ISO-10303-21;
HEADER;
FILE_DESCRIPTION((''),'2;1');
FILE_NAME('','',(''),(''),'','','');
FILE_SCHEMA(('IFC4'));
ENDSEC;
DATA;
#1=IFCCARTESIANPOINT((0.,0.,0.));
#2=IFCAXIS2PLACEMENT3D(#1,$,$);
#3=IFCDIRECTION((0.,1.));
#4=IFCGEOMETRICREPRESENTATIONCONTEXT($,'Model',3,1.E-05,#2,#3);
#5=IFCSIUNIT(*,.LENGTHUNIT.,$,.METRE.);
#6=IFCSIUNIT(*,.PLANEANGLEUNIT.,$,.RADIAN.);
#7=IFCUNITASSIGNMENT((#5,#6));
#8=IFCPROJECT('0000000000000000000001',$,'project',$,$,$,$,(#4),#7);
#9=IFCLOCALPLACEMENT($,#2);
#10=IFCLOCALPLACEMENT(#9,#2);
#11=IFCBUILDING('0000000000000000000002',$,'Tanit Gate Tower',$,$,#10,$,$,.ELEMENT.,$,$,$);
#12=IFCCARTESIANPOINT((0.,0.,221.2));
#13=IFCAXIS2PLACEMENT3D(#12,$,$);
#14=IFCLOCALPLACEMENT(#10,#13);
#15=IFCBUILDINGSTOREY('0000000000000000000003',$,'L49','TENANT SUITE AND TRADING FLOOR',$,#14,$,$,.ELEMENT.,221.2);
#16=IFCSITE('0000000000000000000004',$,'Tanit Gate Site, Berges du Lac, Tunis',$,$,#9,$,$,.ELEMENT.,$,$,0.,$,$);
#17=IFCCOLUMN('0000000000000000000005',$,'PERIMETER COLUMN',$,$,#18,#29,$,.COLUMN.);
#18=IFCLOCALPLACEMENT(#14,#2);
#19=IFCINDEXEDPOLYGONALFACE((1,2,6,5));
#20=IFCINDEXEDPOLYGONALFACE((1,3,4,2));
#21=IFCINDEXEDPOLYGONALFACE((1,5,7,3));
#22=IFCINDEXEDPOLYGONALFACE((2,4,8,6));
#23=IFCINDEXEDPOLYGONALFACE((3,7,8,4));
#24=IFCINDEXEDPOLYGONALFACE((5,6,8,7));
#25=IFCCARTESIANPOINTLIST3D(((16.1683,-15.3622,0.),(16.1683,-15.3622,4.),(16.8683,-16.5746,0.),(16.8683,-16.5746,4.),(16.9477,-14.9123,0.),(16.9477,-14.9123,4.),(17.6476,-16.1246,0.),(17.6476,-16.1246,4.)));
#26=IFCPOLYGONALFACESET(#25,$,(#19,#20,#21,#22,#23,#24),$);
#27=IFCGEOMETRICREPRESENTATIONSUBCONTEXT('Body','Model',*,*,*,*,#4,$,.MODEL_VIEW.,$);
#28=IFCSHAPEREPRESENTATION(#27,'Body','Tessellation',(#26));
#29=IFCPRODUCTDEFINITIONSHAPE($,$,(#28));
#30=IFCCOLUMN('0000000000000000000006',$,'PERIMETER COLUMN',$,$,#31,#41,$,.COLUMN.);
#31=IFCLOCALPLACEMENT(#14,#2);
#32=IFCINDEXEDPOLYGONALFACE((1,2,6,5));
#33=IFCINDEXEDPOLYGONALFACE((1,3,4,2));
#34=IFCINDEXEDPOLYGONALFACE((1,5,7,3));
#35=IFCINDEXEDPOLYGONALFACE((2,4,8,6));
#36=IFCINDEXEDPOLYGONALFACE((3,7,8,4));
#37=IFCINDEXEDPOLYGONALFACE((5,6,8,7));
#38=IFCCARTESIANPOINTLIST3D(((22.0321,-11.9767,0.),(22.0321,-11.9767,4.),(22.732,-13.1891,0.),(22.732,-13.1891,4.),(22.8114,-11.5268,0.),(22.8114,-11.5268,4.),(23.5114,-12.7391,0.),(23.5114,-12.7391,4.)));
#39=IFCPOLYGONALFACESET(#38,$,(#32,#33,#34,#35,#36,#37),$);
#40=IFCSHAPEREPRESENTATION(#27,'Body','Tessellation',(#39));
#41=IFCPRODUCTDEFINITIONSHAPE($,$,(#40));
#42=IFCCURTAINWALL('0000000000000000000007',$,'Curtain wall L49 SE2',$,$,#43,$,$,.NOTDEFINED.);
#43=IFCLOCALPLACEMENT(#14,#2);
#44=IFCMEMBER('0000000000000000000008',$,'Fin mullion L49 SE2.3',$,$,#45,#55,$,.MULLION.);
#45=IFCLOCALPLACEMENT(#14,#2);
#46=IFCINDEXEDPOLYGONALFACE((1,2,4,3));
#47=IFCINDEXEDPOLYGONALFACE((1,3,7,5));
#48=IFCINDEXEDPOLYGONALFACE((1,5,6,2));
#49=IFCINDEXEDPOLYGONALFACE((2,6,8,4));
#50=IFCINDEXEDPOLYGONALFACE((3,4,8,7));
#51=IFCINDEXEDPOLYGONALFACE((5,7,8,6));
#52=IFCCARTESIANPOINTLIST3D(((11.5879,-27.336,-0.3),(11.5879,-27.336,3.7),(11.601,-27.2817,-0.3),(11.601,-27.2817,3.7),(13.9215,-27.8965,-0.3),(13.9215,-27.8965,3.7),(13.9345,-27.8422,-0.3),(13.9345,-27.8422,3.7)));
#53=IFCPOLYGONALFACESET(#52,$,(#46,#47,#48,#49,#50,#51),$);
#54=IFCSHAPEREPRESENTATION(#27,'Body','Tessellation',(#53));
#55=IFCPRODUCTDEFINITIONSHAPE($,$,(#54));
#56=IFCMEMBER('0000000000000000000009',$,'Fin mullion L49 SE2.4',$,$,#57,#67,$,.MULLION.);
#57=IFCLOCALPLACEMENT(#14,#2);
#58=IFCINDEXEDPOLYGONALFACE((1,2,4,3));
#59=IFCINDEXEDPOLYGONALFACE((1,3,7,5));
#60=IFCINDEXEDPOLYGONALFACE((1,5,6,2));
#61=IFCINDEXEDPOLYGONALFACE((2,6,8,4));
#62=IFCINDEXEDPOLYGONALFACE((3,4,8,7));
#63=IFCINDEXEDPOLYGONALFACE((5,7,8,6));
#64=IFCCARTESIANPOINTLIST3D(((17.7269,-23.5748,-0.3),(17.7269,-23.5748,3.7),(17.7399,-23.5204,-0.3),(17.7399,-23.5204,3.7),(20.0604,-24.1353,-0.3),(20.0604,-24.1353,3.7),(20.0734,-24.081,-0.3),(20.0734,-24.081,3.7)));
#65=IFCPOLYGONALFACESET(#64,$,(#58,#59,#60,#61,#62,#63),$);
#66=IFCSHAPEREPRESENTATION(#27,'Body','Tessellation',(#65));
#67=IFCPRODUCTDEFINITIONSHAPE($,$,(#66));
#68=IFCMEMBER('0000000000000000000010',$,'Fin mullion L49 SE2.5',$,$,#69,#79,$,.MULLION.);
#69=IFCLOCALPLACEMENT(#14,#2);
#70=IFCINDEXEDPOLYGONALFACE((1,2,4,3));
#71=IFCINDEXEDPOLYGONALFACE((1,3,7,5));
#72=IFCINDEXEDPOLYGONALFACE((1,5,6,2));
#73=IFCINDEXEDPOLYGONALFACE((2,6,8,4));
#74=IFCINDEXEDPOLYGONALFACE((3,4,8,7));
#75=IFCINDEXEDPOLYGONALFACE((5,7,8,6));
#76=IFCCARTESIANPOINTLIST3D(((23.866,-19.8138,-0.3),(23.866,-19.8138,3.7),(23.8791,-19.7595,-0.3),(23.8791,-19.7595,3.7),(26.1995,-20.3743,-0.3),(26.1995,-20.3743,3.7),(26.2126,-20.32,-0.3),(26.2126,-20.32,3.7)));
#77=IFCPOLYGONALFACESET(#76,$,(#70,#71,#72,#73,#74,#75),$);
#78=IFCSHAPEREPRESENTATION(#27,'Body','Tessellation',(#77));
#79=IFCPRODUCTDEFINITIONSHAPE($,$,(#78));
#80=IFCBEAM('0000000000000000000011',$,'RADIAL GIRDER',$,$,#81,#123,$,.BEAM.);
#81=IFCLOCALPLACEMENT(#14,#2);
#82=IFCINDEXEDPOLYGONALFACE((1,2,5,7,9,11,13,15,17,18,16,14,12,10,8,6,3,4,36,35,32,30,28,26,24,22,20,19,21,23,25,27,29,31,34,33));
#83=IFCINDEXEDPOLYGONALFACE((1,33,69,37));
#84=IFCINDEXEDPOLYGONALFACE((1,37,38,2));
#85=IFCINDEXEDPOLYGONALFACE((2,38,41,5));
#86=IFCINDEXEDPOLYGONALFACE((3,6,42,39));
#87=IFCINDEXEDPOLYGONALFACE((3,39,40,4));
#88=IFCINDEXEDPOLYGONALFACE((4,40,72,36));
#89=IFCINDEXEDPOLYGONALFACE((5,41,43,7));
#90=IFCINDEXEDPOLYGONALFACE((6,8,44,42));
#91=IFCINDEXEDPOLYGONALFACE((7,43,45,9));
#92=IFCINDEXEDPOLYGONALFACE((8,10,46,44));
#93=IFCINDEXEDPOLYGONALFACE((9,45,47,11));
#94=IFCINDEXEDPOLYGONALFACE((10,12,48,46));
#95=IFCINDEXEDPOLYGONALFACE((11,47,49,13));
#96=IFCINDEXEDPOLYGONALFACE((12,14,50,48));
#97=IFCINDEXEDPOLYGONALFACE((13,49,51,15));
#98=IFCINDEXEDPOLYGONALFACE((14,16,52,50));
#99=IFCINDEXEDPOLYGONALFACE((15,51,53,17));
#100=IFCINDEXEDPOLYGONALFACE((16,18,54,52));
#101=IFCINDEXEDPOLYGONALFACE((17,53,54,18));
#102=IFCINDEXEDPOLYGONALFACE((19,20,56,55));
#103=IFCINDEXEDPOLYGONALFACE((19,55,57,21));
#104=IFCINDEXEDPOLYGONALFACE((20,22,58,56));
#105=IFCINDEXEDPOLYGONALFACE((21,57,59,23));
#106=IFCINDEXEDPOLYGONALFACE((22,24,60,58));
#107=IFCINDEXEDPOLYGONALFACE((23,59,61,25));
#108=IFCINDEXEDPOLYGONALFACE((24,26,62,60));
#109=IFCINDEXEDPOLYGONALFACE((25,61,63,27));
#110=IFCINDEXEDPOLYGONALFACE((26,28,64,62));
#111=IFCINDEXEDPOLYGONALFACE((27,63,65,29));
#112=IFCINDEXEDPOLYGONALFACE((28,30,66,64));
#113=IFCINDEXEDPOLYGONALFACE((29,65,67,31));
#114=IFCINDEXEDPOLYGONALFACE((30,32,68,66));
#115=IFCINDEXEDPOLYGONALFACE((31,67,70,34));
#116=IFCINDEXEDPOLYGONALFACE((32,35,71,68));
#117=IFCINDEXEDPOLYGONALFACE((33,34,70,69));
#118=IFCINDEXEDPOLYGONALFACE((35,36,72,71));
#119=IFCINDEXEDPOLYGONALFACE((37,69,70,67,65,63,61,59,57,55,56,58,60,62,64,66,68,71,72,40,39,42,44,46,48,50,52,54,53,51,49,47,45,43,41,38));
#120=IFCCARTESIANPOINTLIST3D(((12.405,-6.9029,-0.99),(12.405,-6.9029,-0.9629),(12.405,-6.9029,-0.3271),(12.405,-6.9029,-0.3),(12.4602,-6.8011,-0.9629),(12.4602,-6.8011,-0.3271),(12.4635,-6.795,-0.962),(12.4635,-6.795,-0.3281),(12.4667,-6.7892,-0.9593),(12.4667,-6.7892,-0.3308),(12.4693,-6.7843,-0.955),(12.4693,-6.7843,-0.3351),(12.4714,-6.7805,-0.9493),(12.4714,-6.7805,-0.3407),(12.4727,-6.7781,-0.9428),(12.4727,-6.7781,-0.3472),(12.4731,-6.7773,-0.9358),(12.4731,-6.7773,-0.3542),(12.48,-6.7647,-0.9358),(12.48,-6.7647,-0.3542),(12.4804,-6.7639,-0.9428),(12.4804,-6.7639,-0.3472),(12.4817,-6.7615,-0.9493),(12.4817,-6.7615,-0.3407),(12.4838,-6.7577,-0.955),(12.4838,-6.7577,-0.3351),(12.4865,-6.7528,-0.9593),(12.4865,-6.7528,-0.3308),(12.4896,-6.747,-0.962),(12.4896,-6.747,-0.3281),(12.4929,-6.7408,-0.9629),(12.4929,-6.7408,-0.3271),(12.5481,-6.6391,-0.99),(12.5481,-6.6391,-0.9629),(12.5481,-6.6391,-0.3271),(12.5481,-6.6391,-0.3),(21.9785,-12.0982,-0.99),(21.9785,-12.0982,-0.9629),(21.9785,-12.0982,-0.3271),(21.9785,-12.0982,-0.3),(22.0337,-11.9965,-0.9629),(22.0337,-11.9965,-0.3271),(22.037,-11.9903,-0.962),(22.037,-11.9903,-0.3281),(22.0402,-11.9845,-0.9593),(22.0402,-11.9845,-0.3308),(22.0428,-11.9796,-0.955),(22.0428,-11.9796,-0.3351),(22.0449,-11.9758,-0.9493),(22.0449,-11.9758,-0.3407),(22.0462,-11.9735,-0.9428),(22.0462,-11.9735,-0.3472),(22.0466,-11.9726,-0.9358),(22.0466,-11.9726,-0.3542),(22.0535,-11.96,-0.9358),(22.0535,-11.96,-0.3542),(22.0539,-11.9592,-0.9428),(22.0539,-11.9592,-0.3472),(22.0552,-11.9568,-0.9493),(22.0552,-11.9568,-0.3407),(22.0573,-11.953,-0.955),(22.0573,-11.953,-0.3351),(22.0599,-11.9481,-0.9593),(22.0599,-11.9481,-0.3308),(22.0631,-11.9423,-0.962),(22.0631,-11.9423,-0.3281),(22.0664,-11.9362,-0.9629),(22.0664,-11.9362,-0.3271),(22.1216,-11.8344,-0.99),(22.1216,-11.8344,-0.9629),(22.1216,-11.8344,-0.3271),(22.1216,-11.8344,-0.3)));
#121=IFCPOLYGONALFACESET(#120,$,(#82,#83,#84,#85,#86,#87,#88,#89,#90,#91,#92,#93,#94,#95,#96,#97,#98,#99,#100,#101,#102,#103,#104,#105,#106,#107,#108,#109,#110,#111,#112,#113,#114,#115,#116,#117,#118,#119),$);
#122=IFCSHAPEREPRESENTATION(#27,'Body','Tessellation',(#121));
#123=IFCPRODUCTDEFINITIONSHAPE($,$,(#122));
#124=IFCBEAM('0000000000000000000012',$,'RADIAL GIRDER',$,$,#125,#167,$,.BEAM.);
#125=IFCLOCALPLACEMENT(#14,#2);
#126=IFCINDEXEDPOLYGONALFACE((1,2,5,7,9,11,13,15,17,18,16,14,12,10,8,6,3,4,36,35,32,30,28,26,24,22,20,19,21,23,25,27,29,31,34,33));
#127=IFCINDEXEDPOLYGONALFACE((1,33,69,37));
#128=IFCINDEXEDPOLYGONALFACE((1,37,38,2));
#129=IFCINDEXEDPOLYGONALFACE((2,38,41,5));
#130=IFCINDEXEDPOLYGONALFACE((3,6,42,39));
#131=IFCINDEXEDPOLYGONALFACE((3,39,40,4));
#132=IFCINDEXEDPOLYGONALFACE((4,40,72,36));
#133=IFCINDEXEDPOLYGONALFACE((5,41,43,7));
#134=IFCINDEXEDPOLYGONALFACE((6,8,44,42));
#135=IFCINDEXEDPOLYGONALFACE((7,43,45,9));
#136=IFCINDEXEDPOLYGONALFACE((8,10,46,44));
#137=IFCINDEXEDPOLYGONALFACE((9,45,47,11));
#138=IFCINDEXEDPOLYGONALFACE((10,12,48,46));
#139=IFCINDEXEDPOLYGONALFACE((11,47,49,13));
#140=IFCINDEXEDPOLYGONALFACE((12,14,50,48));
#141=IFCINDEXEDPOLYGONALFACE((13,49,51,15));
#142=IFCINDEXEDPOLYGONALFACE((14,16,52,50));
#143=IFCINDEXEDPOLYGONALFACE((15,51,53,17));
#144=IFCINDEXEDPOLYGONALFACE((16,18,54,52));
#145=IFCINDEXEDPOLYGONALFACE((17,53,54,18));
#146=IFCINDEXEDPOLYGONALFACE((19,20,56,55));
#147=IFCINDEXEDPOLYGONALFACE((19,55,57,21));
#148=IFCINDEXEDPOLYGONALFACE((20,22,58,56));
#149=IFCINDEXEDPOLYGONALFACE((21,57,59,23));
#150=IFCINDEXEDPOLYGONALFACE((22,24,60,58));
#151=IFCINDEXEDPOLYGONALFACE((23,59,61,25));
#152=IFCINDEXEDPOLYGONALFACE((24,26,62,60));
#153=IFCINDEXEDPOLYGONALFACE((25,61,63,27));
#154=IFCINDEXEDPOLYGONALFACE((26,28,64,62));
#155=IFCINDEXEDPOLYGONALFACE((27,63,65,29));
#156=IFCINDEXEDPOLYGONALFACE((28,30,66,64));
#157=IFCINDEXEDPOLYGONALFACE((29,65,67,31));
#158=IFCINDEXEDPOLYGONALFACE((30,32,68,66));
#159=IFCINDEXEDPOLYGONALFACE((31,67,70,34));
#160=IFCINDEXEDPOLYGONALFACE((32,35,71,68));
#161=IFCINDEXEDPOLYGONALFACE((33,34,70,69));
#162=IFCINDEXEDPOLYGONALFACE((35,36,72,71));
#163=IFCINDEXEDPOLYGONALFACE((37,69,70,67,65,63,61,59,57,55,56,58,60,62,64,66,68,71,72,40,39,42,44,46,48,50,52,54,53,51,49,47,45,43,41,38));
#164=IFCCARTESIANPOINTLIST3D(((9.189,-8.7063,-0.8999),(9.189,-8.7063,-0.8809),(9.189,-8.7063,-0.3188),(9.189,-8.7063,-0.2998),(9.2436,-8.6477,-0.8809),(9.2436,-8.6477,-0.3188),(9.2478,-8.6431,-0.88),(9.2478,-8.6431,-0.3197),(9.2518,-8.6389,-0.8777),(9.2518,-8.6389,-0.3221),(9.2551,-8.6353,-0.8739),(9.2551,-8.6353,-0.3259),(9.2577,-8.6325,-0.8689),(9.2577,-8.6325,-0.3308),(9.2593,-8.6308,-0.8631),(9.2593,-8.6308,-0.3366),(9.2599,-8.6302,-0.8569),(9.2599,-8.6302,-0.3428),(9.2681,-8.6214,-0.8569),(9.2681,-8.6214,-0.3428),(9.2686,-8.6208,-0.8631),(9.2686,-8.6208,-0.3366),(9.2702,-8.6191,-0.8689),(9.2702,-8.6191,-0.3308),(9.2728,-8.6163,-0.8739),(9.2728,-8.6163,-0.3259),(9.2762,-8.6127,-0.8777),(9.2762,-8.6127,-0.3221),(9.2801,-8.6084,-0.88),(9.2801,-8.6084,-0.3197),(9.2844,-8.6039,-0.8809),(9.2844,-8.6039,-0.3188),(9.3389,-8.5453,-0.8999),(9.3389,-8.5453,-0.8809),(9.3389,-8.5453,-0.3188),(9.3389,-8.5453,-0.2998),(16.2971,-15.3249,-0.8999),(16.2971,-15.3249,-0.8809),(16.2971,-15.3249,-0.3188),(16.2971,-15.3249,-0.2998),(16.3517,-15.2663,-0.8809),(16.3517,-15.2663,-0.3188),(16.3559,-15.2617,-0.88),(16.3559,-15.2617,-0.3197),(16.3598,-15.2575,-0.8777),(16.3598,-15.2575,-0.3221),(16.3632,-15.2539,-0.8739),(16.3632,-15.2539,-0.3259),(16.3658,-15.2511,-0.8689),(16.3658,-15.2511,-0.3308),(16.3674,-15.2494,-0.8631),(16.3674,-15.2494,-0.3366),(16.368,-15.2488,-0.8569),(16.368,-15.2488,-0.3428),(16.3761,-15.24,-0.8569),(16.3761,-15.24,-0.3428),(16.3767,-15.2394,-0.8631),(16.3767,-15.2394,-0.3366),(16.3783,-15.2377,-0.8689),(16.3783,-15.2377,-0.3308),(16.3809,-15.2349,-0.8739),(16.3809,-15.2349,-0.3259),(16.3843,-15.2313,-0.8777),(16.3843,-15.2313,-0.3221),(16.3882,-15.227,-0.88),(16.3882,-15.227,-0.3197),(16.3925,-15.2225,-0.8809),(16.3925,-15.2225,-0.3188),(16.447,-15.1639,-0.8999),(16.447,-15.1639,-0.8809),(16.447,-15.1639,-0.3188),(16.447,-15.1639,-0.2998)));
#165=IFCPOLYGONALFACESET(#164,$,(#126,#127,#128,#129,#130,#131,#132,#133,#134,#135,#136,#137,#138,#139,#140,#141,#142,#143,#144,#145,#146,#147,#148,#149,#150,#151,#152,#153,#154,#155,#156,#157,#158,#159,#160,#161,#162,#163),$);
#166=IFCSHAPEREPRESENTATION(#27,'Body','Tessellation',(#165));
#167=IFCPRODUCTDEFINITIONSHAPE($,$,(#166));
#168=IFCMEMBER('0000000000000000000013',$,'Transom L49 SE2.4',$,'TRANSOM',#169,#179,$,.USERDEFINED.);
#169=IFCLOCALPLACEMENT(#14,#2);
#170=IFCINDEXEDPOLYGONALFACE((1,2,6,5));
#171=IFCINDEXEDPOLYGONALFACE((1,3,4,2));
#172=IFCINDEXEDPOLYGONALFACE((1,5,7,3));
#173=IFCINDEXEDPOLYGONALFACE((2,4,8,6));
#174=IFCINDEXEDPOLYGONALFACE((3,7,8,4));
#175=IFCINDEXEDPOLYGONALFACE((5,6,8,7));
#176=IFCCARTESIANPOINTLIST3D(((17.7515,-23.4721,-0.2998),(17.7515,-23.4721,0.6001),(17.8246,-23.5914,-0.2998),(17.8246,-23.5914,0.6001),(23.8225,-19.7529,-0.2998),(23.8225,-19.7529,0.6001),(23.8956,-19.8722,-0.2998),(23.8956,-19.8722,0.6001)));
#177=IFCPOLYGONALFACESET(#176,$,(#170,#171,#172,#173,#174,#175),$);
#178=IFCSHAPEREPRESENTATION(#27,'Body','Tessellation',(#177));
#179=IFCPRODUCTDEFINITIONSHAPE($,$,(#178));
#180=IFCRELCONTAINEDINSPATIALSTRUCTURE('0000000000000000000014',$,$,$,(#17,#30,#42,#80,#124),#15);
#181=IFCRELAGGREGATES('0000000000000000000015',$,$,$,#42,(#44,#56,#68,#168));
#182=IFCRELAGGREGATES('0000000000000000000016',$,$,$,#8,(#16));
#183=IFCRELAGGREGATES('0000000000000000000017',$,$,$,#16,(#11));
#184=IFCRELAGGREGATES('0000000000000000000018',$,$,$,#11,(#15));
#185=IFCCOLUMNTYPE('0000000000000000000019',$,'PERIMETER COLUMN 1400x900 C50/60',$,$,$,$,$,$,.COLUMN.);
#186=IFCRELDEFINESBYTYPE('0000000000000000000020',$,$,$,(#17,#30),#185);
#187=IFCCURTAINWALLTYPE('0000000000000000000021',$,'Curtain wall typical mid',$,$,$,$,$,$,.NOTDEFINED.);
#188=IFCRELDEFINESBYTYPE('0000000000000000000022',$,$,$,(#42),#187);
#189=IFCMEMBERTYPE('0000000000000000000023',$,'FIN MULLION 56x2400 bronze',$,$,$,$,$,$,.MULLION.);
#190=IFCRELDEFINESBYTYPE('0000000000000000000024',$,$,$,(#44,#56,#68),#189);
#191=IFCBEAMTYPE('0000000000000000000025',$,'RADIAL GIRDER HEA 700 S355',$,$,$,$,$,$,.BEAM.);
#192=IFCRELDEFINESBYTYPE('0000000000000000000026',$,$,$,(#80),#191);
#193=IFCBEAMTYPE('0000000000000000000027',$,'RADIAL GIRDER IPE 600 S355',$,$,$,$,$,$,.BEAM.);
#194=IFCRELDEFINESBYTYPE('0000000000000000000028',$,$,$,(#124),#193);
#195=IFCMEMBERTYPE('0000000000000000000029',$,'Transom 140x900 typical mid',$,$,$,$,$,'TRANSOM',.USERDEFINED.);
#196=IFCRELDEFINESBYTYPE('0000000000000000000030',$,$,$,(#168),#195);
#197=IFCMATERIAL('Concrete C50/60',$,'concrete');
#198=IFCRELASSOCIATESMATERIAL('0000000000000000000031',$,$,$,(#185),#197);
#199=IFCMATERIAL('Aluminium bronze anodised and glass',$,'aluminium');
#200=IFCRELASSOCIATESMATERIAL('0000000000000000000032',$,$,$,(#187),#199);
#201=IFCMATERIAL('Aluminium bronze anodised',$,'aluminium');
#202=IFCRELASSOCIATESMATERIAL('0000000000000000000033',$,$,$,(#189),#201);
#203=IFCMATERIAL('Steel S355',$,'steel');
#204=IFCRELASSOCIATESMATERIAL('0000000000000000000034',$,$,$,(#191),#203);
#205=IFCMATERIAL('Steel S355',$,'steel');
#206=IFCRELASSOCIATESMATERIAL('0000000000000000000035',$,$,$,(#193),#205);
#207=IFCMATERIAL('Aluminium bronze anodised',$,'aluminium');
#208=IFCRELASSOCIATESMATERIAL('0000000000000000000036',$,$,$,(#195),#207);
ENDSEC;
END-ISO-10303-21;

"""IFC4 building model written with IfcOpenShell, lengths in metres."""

from ifc_helpers import new_model, si_unit, direction, frame, origin, origin_2d, place, context, subcontext, project, spatial, rectangle, i_section, extrude, material, material_profile, profile_set, type_object, element, aggregate, save


model = new_model("IFC4")

# Units and contexts
model_context = context("Model", 3, precision=1e-05, world=origin(), true_north=direction((0.0, 1.0)))
body_context = subcontext(model_context, "Body", "Model", "MODEL_VIEW")
ifc_project = project(units=[si_unit("LENGTHUNIT", "METRE"), si_unit("PLANEANGLEUNIT", "RADIAN")], contexts=[model_context])

# Site, building, storey
site_placement = place(None, origin())
site = spatial("IfcSite", under=ifc_project, at=site_placement, Name="Tanit Gate Site, Berges du Lac, Tunis", CompositionType="ELEMENT", RefElevation=0.0)
building_placement = place(site_placement, origin())
building = spatial("IfcBuilding", under=site, at=building_placement, Name="Tanit Gate Tower", CompositionType="ELEMENT")
storey_placement = place(building_placement, frame((0.0, 0.0, 221.2)))
storey = spatial("IfcBuildingStorey", under=building, at=storey_placement, Name="L49", Description="TENANT SUITE AND TRADING FLOOR", CompositionType="ELEMENT", Elevation=221.2)

# Columns
ifc_material_1 = material(Name="Concrete C50/60", Category="concrete")
ifc_material_profile_1 = material_profile(ifc_material_1, rectangle(XDim=1.3999, YDim=0.8999, at=origin_2d()), Name="RC 1400x900")
ifc_profile_set_1 = profile_set([ifc_material_profile_1], Name="Concrete C50/60")
column_type = type_object("IfcColumnType", Name="PERIMETER COLUMN 1400x900 C50/60", PredefinedType="COLUMN", material=ifc_profile_set_1)
for number, where, z_axis, x_axis, name in (
    (1, (16.908, -15.7434, 0.0), (0.0, 0.0, 1.0), (0.5, -0.866025, 0.0), "PERIMETER COLUMN"),
    (2, (22.7717, -12.3579, 0.0), (0.0, 0.0, 1.0), (0.5, -0.866025, 0.0), "PERIMETER COLUMN"),
):
    element("IfcColumn", number, at=place(storey_placement, frame(where, z_axis=z_axis, x_axis=x_axis)), inside=storey, type_object=column_type, Name=name, PredefinedType="COLUMN", context=body_context, shape_type="SweptSolid", body=[
        extrude(rectangle(XDim=1.3999, YDim=0.8999, at=origin_2d()), origin(), (0.0, 0.0, 1.0), 4.0),
    ])

# Curtain wall, members
ifc_material_2 = material(Name="Aluminium bronze anodised and glass", Category="aluminium")
curtain_wall_type = type_object("IfcCurtainWallType", Name="Curtain wall typical mid", PredefinedType="NOTDEFINED", material=ifc_material_2)
curtain_wall_placement = place(storey_placement, origin())
curtain_wall = element("IfcCurtainWall", 3, at=curtain_wall_placement, inside=storey, type_object=curtain_wall_type, Name="Curtain wall L49 SE2", PredefinedType="NOTDEFINED")
ifc_material_3 = material(Name="Aluminium bronze anodised", Category="aluminium")
ifc_material_profile_2 = material_profile(ifc_material_3, rectangle(XDim=2.3999, YDim=0.0559, at=origin_2d()), Name="56x2400 bronze fin mullion")
ifc_profile_set_2 = profile_set([ifc_material_profile_2], Name="Aluminium bronze anodised")
member_type_1 = type_object("IfcMemberType", Name="FIN MULLION 56x2400 bronze", PredefinedType="MULLION", material=ifc_profile_set_2)
member_1_placement = place(storey_placement, frame((12.7612, -27.5891, -0.3), z_axis=(0.0, 0.0, 1.0), x_axis=(-0.972343, 0.233557, 0.0)))
member_1 = element("IfcMember", 4, at=member_1_placement, type_object=member_type_1, Name="Fin mullion L49 SE2.3", PredefinedType="MULLION", context=body_context, shape_type="SweptSolid", body=[
    extrude(rectangle(XDim=2.3999, YDim=0.0559, at=origin_2d()), origin(), (0.0, 0.0, 1.0), 4.0),
])
member_2_placement = place(storey_placement, frame((18.9001, -23.8279, -0.3), z_axis=(0.0, 0.0, 1.0), x_axis=(-0.972343, 0.233557, 0.0)))
member_2 = element("IfcMember", 5, at=member_2_placement, type_object=member_type_1, Name="Fin mullion L49 SE2.4", PredefinedType="MULLION", context=body_context, shape_type="SweptSolid", body=[
    extrude(rectangle(XDim=2.3999, YDim=0.0559, at=origin_2d()), origin(), (0.0, 0.0, 1.0), 4.0),
])
member_3_placement = place(storey_placement, frame((25.0393, -20.0669, -0.3), z_axis=(0.0, 0.0, 1.0), x_axis=(-0.972343, 0.233557, 0.0)))
member_3 = element("IfcMember", 6, at=member_3_placement, type_object=member_type_1, Name="Fin mullion L49 SE2.5", PredefinedType="MULLION", context=body_context, shape_type="SweptSolid", body=[
    extrude(rectangle(XDim=2.3999, YDim=0.0559, at=origin_2d()), origin(), (0.0, 0.0, 1.0), 4.0),
])

# Beams
ifc_material_4 = material(Name="Steel S355", Category="steel")
ifc_material_profile_3 = material_profile(ifc_material_4, i_section(OverallWidth=0.3, OverallDepth=0.6899, WebThickness=0.0144, FlangeThickness=0.0271, FilletRadius=0.0271, at=origin_2d()), Name="HEA 700")
ifc_profile_set_3 = profile_set([ifc_material_profile_3], Name="Steel S355")
beam_type_1 = type_object("IfcBeamType", Name="RADIAL GIRDER HEA 700 S355", PredefinedType="BEAM", material=ifc_profile_set_3)
beam_1_placement = place(storey_placement, frame((22.05, -11.9663, -0.645), z_axis=(-0.87892, 0.47697, 0.0), x_axis=(-0.47697, -0.87892, 0.0)))
element("IfcBeam", 7, at=beam_1_placement, inside=storey, type_object=beam_type_1, Name="RADIAL GIRDER", PredefinedType="BEAM", context=body_context, shape_type="SweptSolid", body=[
    extrude(i_section(OverallWidth=0.3, OverallDepth=0.6899, WebThickness=0.0144, FlangeThickness=0.0271, FilletRadius=0.0271, at=origin_2d()), origin(), (0.0, 0.0, 1.0), 10.8923),
])
ifc_material_5 = material(Name="Steel S355", Category="steel")
ifc_material_profile_4 = material_profile(ifc_material_5, i_section(OverallWidth=0.22, OverallDepth=0.6001, WebThickness=0.012, FlangeThickness=0.019, FilletRadius=0.0239, at=origin_2d()), Name="IPE 600")
ifc_profile_set_4 = profile_set([ifc_material_profile_4], Name="Steel S355")
beam_type_2 = type_object("IfcBeamType", Name="RADIAL GIRDER IPE 600 S355", PredefinedType="BEAM", material=ifc_profile_set_4)
beam_2_placement = place(storey_placement, frame((16.3721, -15.2444, -0.5999), z_axis=(-0.731857, 0.681458, 0.0), x_axis=(-0.681458, -0.731857, 0.0)))
element("IfcBeam", 8, at=beam_2_placement, inside=storey, type_object=beam_type_2, Name="RADIAL GIRDER", PredefinedType="BEAM", context=body_context, shape_type="SweptSolid", body=[
    extrude(i_section(OverallWidth=0.22, OverallDepth=0.6001, WebThickness=0.012, FlangeThickness=0.019, FilletRadius=0.0239, at=origin_2d()), origin(), (0.0, 0.0, 1.0), 9.7124),
])

# Member
ifc_material_6 = material(Name="Aluminium bronze anodised", Category="aluminium")
ifc_material_profile_5 = material_profile(ifc_material_6, rectangle(XDim=0.1399, YDim=0.8999, at=origin_2d()), Name="140x900 bronze transom")
ifc_profile_set_5 = profile_set([ifc_material_profile_5], Name="Aluminium bronze anodised")
member_type_2 = type_object("IfcMemberType", Name="Transom 140x900 typical mid", ElementType="TRANSOM", PredefinedType="USERDEFINED", material=ifc_profile_set_5)
member_4_placement = place(storey_placement, frame((17.7881, -23.5317, 0.1501), z_axis=(0.852709, 0.522386, 0.0), x_axis=(-0.522386, 0.852709, 0.0)))
member_4 = element("IfcMember", 9, at=member_4_placement, type_object=member_type_2, Name="Transom L49 SE2.4", ObjectType="TRANSOM", PredefinedType="USERDEFINED", context=body_context, shape_type="SweptSolid", body=[
    extrude(rectangle(XDim=0.1399, YDim=0.8999, at=origin_2d()), origin(), (0.0, 0.0, 1.0), 7.1196),
])

aggregate(curtain_wall, [member_1, member_2, member_3, member_4])

save(model, "model.ifc")
